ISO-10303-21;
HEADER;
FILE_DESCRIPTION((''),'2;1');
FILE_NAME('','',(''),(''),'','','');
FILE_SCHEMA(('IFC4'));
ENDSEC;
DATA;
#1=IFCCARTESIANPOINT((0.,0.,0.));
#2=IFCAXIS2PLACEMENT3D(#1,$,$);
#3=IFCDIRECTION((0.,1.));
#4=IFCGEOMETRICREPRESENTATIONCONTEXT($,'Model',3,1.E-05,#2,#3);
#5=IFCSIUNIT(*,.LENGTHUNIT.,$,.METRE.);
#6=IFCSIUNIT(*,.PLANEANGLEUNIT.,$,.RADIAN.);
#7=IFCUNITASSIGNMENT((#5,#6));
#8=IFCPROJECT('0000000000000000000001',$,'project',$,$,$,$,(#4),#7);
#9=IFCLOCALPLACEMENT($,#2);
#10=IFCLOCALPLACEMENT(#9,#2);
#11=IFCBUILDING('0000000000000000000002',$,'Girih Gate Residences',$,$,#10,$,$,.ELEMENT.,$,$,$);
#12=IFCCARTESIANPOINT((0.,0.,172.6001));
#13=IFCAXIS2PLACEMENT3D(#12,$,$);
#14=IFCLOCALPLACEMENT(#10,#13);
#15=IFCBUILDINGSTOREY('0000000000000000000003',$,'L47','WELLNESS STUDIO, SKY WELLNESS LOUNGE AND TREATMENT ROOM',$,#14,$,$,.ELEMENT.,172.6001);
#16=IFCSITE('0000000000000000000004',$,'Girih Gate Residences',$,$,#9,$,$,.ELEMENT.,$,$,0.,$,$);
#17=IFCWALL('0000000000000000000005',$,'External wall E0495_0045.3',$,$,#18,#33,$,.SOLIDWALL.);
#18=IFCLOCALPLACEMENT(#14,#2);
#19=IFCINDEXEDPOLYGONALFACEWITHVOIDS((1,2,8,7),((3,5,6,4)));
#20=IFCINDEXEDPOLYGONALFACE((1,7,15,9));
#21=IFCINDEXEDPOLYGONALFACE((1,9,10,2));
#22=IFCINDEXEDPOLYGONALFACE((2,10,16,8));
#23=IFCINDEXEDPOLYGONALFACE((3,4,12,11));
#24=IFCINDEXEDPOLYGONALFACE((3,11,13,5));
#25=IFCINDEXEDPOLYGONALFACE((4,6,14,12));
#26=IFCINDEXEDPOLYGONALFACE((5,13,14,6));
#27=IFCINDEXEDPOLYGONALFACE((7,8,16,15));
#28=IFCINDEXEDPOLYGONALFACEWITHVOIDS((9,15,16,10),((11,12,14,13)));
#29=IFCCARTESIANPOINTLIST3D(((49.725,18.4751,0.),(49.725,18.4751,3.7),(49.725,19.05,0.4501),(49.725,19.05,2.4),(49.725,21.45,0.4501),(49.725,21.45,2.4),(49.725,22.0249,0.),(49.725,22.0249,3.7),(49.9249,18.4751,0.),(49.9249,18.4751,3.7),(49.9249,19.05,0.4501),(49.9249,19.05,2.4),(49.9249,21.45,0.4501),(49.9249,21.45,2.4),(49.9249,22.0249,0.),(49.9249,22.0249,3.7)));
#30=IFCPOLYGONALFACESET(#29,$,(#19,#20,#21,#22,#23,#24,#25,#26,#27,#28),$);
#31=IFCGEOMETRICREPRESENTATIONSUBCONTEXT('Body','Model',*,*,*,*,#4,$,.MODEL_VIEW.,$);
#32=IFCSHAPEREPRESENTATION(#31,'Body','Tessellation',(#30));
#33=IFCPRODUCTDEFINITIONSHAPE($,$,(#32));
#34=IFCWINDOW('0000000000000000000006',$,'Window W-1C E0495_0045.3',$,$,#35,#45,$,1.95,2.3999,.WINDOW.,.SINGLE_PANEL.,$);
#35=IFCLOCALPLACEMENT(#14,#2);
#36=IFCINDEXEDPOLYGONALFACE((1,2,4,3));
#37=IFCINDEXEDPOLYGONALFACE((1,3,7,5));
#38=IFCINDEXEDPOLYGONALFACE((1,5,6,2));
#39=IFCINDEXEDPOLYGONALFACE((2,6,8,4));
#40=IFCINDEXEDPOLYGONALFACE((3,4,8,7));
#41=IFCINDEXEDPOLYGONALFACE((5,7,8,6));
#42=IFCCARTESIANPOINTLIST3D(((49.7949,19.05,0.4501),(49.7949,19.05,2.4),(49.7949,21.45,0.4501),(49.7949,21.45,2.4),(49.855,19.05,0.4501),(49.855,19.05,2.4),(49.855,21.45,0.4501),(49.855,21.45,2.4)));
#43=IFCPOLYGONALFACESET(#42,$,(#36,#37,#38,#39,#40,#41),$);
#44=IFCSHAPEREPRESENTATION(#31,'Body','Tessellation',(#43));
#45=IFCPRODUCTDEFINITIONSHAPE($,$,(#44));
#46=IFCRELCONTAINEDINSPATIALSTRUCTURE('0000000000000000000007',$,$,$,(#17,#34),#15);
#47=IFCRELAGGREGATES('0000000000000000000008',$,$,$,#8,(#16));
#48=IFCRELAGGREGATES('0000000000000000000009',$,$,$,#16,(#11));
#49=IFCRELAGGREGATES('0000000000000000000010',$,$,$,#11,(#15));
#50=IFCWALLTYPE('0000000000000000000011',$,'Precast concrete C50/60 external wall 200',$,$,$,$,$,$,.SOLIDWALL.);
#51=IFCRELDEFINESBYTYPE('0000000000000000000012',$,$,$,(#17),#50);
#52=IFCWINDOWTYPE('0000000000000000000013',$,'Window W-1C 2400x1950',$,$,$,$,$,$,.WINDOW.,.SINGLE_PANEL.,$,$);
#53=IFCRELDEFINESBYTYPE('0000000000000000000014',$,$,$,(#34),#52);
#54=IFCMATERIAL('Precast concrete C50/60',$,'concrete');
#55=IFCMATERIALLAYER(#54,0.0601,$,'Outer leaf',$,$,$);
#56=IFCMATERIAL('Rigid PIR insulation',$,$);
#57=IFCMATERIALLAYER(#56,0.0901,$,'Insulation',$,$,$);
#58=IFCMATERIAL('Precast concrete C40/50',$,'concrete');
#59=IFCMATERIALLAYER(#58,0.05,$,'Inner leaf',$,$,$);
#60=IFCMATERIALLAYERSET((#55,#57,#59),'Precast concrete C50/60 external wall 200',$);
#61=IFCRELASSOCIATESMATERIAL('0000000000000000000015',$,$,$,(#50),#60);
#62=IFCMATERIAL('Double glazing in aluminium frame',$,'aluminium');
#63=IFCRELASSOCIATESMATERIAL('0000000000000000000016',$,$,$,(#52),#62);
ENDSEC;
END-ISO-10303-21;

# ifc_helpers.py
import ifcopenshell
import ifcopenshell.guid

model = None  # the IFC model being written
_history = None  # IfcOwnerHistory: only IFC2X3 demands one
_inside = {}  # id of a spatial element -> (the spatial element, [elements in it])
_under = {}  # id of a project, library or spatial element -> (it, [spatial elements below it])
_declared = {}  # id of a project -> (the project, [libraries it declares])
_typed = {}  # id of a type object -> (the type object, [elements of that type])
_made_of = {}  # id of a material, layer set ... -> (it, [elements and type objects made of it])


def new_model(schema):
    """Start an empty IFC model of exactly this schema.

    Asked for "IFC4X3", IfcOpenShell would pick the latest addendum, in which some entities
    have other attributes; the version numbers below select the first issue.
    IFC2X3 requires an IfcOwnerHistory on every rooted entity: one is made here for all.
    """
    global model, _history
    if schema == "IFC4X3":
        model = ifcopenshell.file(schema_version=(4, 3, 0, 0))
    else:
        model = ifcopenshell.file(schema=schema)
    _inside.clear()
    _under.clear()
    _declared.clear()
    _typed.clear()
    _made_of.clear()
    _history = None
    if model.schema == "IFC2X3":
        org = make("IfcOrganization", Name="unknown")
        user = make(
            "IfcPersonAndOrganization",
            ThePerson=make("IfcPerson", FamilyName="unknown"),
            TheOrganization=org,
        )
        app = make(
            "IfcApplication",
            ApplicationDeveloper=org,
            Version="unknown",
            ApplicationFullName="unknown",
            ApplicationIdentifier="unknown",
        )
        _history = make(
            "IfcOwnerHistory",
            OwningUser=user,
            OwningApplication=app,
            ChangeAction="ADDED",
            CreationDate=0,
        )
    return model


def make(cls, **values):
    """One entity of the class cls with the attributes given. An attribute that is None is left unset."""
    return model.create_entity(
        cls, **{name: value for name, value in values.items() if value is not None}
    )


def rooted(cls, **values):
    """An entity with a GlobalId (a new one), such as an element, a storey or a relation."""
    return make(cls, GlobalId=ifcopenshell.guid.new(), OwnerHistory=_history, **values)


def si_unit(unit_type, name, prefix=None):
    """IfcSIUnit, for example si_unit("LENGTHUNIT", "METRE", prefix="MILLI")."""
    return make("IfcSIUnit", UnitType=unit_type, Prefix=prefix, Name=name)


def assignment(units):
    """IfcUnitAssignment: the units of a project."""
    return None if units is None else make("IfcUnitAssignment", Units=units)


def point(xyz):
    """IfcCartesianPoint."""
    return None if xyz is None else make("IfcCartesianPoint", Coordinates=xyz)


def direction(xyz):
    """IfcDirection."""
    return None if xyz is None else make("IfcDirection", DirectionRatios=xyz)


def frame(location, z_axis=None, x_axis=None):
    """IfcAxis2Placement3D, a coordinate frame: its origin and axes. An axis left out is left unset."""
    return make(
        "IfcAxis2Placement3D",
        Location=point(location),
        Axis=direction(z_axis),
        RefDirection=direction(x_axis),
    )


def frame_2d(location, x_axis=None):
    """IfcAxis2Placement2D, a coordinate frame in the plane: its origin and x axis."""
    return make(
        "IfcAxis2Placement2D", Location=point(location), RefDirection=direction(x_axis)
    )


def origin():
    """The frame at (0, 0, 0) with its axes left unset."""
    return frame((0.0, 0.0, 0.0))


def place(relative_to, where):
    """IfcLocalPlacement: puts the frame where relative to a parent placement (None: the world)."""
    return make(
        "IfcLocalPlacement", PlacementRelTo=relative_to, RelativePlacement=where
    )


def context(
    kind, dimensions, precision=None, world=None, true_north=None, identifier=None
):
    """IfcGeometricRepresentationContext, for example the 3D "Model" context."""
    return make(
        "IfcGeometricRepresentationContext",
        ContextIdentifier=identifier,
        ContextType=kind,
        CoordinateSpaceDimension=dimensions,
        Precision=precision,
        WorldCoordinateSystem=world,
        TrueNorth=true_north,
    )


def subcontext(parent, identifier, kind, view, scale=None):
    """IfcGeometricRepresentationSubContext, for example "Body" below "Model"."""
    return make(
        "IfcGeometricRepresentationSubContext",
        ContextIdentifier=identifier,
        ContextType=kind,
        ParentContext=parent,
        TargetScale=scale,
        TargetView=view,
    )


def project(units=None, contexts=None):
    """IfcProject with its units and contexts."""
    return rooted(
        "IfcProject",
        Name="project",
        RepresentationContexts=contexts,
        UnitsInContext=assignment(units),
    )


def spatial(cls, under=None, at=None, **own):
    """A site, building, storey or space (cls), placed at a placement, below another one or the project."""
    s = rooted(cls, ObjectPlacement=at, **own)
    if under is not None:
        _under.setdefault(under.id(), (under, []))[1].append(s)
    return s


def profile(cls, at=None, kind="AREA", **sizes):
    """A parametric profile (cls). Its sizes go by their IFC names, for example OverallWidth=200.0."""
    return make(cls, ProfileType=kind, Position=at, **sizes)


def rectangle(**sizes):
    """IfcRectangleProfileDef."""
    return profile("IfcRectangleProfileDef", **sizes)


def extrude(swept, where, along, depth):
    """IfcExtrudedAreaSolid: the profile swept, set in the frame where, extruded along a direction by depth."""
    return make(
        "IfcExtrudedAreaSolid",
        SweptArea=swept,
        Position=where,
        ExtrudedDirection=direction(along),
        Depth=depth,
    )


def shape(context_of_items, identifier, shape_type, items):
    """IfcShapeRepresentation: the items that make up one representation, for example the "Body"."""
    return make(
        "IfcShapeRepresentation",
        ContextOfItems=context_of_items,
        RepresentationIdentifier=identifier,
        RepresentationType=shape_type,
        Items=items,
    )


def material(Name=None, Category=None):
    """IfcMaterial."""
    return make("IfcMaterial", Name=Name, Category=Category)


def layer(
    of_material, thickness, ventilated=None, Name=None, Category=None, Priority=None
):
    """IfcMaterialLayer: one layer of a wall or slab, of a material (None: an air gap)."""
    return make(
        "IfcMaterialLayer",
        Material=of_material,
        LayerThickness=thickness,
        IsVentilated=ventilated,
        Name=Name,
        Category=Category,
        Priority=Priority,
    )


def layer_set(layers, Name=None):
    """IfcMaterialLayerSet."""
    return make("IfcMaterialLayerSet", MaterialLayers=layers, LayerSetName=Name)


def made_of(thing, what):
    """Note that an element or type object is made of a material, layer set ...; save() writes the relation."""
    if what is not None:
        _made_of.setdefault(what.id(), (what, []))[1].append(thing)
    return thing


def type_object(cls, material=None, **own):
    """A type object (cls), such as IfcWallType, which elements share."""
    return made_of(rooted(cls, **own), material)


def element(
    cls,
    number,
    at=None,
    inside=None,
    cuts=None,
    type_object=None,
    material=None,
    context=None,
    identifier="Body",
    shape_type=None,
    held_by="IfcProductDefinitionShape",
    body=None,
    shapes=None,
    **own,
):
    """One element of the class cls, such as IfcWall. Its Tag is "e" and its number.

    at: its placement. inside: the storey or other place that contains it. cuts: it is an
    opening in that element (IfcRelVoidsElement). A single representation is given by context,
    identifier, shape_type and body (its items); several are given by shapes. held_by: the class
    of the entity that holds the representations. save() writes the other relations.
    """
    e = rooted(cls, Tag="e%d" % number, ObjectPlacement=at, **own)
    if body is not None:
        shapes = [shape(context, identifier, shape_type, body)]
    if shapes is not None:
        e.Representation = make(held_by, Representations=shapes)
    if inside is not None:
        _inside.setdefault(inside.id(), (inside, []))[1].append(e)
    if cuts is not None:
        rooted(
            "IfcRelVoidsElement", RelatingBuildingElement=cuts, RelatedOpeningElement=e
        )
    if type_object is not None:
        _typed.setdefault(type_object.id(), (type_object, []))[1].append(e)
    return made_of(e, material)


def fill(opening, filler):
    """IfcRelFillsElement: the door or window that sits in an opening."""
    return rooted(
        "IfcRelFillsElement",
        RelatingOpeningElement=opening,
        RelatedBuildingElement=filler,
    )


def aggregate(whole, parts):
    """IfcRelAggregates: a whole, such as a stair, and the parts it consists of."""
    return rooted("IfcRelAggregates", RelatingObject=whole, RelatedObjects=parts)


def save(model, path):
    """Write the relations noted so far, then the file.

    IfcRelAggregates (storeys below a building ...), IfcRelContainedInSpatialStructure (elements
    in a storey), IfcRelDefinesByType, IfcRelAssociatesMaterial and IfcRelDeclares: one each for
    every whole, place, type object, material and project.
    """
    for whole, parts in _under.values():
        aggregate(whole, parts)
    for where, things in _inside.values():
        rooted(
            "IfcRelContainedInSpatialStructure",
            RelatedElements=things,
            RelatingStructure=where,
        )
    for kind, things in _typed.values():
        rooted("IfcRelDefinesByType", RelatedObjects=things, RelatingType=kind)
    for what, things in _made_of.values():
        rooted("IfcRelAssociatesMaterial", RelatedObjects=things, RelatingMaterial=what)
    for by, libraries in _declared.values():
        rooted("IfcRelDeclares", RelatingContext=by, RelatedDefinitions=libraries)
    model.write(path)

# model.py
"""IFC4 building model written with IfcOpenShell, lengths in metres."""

from ifc_helpers import new_model, si_unit, direction, frame, frame_2d, origin, place, context, subcontext, project, spatial, rectangle, extrude, material, layer, layer_set, type_object, element, fill, save


model = new_model("IFC4")

# Units and contexts
model_context = context("Model", 3, precision=1e-05, world=origin(), true_north=direction((0.0, 1.0)))
body_context = subcontext(model_context, "Body", "Model", "MODEL_VIEW")
ifc_project = project(units=[si_unit("LENGTHUNIT", "METRE"), si_unit("PLANEANGLEUNIT", "RADIAN")], contexts=[model_context])

# Site, building, storey
site_placement = place(None, origin())
site = spatial("IfcSite", under=ifc_project, at=site_placement, Name="Girih Gate Residences", CompositionType="ELEMENT", RefElevation=0.0)
building_placement = place(site_placement, origin())
building = spatial("IfcBuilding", under=site, at=building_placement, Name="Girih Gate Residences", CompositionType="ELEMENT")
storey_placement = place(building_placement, frame((0.0, 0.0, 172.6001)))
storey = spatial("IfcBuildingStorey", under=building, at=storey_placement, Name="L47", Description="WELLNESS STUDIO, SKY WELLNESS LOUNGE AND TREATMENT ROOM", CompositionType="ELEMENT", Elevation=172.6001)

# Wall, opening, window
ifc_material_1 = material(Name="Precast concrete C50/60", Category="concrete")
ifc_layer_1 = layer(ifc_material_1, 0.0601, Name="Outer leaf")
ifc_material_2 = material(Name="Rigid PIR insulation")
ifc_layer_2 = layer(ifc_material_2, 0.0901, Name="Insulation")
ifc_material_3 = material(Name="Precast concrete C40/50", Category="concrete")
ifc_layer_3 = layer(ifc_material_3, 0.05, Name="Inner leaf")
ifc_layer_set_1 = layer_set([ifc_layer_1, ifc_layer_2, ifc_layer_3], Name="Precast concrete C50/60 external wall 200")
wall_type_1 = type_object("IfcWallType", Name="Precast concrete C50/60 external wall 200", PredefinedType="SOLIDWALL", material=ifc_layer_set_1)
ifc_material_4 = material(Name="Double glazing in aluminium frame", Category="aluminium")
window_type = type_object("IfcWindowType", Name="Window W-1C 2400x1950", PartitioningType="SINGLE_PANEL", PredefinedType="WINDOW", material=ifc_material_4)
wall_1_placement = place(storey_placement, frame((49.825, 22.0249, 0.0), z_axis=(0.0, 0.0, 1.0), x_axis=(0.0, -1.0, 0.0)))
wall_1 = element("IfcWall", 1, at=wall_1_placement, inside=storey, type_object=wall_type_1, Name="External wall E0495_0045.3", PredefinedType="SOLIDWALL", context=body_context, shape_type="SweptSolid", body=[
    extrude(rectangle(XDim=3.5498, YDim=0.2, at=frame_2d((1.7749, 0.0))), origin(), (0.0, 0.0, 1.0), 3.7),
])
opening_1_placement = place(wall_1_placement, frame((0.575, 0.0, 0.45)))
opening_1 = element("IfcOpeningElement", 2, at=opening_1_placement, cuts=wall_1, PredefinedType="OPENING", context=body_context, shape_type="SweptSolid", body=[
    extrude(rectangle(XDim=2.3999, YDim=1.95, at=frame_2d((1.2, 0.9751))), frame((0.0, 0.1099, 0.0), z_axis=(0.0, -1.0, 0.0), x_axis=(1.0, 0.0, 0.0)), (0.0, 0.0, 1.0), 0.22),
])
window_1_placement = place(opening_1_placement, origin())
window_1 = element("IfcWindow", 3, at=window_1_placement, inside=storey, type_object=window_type, Name="Window W-1C E0495_0045.3", OverallHeight=1.95, OverallWidth=2.3999, PartitioningType="SINGLE_PANEL", PredefinedType="WINDOW", context=body_context, shape_type="SweptSolid", body=[
    extrude(rectangle(XDim=2.3999, YDim=1.95, at=frame_2d((1.2, 0.9751))), frame((0.0, 0.03, 0.0), z_axis=(0.0, -1.0, 0.0), x_axis=(1.0, 0.0, 0.0)), (0.0, 0.0, 1.0), 0.0601),
])
fill(opening_1, window_1)

save(model, "model.ifc")
